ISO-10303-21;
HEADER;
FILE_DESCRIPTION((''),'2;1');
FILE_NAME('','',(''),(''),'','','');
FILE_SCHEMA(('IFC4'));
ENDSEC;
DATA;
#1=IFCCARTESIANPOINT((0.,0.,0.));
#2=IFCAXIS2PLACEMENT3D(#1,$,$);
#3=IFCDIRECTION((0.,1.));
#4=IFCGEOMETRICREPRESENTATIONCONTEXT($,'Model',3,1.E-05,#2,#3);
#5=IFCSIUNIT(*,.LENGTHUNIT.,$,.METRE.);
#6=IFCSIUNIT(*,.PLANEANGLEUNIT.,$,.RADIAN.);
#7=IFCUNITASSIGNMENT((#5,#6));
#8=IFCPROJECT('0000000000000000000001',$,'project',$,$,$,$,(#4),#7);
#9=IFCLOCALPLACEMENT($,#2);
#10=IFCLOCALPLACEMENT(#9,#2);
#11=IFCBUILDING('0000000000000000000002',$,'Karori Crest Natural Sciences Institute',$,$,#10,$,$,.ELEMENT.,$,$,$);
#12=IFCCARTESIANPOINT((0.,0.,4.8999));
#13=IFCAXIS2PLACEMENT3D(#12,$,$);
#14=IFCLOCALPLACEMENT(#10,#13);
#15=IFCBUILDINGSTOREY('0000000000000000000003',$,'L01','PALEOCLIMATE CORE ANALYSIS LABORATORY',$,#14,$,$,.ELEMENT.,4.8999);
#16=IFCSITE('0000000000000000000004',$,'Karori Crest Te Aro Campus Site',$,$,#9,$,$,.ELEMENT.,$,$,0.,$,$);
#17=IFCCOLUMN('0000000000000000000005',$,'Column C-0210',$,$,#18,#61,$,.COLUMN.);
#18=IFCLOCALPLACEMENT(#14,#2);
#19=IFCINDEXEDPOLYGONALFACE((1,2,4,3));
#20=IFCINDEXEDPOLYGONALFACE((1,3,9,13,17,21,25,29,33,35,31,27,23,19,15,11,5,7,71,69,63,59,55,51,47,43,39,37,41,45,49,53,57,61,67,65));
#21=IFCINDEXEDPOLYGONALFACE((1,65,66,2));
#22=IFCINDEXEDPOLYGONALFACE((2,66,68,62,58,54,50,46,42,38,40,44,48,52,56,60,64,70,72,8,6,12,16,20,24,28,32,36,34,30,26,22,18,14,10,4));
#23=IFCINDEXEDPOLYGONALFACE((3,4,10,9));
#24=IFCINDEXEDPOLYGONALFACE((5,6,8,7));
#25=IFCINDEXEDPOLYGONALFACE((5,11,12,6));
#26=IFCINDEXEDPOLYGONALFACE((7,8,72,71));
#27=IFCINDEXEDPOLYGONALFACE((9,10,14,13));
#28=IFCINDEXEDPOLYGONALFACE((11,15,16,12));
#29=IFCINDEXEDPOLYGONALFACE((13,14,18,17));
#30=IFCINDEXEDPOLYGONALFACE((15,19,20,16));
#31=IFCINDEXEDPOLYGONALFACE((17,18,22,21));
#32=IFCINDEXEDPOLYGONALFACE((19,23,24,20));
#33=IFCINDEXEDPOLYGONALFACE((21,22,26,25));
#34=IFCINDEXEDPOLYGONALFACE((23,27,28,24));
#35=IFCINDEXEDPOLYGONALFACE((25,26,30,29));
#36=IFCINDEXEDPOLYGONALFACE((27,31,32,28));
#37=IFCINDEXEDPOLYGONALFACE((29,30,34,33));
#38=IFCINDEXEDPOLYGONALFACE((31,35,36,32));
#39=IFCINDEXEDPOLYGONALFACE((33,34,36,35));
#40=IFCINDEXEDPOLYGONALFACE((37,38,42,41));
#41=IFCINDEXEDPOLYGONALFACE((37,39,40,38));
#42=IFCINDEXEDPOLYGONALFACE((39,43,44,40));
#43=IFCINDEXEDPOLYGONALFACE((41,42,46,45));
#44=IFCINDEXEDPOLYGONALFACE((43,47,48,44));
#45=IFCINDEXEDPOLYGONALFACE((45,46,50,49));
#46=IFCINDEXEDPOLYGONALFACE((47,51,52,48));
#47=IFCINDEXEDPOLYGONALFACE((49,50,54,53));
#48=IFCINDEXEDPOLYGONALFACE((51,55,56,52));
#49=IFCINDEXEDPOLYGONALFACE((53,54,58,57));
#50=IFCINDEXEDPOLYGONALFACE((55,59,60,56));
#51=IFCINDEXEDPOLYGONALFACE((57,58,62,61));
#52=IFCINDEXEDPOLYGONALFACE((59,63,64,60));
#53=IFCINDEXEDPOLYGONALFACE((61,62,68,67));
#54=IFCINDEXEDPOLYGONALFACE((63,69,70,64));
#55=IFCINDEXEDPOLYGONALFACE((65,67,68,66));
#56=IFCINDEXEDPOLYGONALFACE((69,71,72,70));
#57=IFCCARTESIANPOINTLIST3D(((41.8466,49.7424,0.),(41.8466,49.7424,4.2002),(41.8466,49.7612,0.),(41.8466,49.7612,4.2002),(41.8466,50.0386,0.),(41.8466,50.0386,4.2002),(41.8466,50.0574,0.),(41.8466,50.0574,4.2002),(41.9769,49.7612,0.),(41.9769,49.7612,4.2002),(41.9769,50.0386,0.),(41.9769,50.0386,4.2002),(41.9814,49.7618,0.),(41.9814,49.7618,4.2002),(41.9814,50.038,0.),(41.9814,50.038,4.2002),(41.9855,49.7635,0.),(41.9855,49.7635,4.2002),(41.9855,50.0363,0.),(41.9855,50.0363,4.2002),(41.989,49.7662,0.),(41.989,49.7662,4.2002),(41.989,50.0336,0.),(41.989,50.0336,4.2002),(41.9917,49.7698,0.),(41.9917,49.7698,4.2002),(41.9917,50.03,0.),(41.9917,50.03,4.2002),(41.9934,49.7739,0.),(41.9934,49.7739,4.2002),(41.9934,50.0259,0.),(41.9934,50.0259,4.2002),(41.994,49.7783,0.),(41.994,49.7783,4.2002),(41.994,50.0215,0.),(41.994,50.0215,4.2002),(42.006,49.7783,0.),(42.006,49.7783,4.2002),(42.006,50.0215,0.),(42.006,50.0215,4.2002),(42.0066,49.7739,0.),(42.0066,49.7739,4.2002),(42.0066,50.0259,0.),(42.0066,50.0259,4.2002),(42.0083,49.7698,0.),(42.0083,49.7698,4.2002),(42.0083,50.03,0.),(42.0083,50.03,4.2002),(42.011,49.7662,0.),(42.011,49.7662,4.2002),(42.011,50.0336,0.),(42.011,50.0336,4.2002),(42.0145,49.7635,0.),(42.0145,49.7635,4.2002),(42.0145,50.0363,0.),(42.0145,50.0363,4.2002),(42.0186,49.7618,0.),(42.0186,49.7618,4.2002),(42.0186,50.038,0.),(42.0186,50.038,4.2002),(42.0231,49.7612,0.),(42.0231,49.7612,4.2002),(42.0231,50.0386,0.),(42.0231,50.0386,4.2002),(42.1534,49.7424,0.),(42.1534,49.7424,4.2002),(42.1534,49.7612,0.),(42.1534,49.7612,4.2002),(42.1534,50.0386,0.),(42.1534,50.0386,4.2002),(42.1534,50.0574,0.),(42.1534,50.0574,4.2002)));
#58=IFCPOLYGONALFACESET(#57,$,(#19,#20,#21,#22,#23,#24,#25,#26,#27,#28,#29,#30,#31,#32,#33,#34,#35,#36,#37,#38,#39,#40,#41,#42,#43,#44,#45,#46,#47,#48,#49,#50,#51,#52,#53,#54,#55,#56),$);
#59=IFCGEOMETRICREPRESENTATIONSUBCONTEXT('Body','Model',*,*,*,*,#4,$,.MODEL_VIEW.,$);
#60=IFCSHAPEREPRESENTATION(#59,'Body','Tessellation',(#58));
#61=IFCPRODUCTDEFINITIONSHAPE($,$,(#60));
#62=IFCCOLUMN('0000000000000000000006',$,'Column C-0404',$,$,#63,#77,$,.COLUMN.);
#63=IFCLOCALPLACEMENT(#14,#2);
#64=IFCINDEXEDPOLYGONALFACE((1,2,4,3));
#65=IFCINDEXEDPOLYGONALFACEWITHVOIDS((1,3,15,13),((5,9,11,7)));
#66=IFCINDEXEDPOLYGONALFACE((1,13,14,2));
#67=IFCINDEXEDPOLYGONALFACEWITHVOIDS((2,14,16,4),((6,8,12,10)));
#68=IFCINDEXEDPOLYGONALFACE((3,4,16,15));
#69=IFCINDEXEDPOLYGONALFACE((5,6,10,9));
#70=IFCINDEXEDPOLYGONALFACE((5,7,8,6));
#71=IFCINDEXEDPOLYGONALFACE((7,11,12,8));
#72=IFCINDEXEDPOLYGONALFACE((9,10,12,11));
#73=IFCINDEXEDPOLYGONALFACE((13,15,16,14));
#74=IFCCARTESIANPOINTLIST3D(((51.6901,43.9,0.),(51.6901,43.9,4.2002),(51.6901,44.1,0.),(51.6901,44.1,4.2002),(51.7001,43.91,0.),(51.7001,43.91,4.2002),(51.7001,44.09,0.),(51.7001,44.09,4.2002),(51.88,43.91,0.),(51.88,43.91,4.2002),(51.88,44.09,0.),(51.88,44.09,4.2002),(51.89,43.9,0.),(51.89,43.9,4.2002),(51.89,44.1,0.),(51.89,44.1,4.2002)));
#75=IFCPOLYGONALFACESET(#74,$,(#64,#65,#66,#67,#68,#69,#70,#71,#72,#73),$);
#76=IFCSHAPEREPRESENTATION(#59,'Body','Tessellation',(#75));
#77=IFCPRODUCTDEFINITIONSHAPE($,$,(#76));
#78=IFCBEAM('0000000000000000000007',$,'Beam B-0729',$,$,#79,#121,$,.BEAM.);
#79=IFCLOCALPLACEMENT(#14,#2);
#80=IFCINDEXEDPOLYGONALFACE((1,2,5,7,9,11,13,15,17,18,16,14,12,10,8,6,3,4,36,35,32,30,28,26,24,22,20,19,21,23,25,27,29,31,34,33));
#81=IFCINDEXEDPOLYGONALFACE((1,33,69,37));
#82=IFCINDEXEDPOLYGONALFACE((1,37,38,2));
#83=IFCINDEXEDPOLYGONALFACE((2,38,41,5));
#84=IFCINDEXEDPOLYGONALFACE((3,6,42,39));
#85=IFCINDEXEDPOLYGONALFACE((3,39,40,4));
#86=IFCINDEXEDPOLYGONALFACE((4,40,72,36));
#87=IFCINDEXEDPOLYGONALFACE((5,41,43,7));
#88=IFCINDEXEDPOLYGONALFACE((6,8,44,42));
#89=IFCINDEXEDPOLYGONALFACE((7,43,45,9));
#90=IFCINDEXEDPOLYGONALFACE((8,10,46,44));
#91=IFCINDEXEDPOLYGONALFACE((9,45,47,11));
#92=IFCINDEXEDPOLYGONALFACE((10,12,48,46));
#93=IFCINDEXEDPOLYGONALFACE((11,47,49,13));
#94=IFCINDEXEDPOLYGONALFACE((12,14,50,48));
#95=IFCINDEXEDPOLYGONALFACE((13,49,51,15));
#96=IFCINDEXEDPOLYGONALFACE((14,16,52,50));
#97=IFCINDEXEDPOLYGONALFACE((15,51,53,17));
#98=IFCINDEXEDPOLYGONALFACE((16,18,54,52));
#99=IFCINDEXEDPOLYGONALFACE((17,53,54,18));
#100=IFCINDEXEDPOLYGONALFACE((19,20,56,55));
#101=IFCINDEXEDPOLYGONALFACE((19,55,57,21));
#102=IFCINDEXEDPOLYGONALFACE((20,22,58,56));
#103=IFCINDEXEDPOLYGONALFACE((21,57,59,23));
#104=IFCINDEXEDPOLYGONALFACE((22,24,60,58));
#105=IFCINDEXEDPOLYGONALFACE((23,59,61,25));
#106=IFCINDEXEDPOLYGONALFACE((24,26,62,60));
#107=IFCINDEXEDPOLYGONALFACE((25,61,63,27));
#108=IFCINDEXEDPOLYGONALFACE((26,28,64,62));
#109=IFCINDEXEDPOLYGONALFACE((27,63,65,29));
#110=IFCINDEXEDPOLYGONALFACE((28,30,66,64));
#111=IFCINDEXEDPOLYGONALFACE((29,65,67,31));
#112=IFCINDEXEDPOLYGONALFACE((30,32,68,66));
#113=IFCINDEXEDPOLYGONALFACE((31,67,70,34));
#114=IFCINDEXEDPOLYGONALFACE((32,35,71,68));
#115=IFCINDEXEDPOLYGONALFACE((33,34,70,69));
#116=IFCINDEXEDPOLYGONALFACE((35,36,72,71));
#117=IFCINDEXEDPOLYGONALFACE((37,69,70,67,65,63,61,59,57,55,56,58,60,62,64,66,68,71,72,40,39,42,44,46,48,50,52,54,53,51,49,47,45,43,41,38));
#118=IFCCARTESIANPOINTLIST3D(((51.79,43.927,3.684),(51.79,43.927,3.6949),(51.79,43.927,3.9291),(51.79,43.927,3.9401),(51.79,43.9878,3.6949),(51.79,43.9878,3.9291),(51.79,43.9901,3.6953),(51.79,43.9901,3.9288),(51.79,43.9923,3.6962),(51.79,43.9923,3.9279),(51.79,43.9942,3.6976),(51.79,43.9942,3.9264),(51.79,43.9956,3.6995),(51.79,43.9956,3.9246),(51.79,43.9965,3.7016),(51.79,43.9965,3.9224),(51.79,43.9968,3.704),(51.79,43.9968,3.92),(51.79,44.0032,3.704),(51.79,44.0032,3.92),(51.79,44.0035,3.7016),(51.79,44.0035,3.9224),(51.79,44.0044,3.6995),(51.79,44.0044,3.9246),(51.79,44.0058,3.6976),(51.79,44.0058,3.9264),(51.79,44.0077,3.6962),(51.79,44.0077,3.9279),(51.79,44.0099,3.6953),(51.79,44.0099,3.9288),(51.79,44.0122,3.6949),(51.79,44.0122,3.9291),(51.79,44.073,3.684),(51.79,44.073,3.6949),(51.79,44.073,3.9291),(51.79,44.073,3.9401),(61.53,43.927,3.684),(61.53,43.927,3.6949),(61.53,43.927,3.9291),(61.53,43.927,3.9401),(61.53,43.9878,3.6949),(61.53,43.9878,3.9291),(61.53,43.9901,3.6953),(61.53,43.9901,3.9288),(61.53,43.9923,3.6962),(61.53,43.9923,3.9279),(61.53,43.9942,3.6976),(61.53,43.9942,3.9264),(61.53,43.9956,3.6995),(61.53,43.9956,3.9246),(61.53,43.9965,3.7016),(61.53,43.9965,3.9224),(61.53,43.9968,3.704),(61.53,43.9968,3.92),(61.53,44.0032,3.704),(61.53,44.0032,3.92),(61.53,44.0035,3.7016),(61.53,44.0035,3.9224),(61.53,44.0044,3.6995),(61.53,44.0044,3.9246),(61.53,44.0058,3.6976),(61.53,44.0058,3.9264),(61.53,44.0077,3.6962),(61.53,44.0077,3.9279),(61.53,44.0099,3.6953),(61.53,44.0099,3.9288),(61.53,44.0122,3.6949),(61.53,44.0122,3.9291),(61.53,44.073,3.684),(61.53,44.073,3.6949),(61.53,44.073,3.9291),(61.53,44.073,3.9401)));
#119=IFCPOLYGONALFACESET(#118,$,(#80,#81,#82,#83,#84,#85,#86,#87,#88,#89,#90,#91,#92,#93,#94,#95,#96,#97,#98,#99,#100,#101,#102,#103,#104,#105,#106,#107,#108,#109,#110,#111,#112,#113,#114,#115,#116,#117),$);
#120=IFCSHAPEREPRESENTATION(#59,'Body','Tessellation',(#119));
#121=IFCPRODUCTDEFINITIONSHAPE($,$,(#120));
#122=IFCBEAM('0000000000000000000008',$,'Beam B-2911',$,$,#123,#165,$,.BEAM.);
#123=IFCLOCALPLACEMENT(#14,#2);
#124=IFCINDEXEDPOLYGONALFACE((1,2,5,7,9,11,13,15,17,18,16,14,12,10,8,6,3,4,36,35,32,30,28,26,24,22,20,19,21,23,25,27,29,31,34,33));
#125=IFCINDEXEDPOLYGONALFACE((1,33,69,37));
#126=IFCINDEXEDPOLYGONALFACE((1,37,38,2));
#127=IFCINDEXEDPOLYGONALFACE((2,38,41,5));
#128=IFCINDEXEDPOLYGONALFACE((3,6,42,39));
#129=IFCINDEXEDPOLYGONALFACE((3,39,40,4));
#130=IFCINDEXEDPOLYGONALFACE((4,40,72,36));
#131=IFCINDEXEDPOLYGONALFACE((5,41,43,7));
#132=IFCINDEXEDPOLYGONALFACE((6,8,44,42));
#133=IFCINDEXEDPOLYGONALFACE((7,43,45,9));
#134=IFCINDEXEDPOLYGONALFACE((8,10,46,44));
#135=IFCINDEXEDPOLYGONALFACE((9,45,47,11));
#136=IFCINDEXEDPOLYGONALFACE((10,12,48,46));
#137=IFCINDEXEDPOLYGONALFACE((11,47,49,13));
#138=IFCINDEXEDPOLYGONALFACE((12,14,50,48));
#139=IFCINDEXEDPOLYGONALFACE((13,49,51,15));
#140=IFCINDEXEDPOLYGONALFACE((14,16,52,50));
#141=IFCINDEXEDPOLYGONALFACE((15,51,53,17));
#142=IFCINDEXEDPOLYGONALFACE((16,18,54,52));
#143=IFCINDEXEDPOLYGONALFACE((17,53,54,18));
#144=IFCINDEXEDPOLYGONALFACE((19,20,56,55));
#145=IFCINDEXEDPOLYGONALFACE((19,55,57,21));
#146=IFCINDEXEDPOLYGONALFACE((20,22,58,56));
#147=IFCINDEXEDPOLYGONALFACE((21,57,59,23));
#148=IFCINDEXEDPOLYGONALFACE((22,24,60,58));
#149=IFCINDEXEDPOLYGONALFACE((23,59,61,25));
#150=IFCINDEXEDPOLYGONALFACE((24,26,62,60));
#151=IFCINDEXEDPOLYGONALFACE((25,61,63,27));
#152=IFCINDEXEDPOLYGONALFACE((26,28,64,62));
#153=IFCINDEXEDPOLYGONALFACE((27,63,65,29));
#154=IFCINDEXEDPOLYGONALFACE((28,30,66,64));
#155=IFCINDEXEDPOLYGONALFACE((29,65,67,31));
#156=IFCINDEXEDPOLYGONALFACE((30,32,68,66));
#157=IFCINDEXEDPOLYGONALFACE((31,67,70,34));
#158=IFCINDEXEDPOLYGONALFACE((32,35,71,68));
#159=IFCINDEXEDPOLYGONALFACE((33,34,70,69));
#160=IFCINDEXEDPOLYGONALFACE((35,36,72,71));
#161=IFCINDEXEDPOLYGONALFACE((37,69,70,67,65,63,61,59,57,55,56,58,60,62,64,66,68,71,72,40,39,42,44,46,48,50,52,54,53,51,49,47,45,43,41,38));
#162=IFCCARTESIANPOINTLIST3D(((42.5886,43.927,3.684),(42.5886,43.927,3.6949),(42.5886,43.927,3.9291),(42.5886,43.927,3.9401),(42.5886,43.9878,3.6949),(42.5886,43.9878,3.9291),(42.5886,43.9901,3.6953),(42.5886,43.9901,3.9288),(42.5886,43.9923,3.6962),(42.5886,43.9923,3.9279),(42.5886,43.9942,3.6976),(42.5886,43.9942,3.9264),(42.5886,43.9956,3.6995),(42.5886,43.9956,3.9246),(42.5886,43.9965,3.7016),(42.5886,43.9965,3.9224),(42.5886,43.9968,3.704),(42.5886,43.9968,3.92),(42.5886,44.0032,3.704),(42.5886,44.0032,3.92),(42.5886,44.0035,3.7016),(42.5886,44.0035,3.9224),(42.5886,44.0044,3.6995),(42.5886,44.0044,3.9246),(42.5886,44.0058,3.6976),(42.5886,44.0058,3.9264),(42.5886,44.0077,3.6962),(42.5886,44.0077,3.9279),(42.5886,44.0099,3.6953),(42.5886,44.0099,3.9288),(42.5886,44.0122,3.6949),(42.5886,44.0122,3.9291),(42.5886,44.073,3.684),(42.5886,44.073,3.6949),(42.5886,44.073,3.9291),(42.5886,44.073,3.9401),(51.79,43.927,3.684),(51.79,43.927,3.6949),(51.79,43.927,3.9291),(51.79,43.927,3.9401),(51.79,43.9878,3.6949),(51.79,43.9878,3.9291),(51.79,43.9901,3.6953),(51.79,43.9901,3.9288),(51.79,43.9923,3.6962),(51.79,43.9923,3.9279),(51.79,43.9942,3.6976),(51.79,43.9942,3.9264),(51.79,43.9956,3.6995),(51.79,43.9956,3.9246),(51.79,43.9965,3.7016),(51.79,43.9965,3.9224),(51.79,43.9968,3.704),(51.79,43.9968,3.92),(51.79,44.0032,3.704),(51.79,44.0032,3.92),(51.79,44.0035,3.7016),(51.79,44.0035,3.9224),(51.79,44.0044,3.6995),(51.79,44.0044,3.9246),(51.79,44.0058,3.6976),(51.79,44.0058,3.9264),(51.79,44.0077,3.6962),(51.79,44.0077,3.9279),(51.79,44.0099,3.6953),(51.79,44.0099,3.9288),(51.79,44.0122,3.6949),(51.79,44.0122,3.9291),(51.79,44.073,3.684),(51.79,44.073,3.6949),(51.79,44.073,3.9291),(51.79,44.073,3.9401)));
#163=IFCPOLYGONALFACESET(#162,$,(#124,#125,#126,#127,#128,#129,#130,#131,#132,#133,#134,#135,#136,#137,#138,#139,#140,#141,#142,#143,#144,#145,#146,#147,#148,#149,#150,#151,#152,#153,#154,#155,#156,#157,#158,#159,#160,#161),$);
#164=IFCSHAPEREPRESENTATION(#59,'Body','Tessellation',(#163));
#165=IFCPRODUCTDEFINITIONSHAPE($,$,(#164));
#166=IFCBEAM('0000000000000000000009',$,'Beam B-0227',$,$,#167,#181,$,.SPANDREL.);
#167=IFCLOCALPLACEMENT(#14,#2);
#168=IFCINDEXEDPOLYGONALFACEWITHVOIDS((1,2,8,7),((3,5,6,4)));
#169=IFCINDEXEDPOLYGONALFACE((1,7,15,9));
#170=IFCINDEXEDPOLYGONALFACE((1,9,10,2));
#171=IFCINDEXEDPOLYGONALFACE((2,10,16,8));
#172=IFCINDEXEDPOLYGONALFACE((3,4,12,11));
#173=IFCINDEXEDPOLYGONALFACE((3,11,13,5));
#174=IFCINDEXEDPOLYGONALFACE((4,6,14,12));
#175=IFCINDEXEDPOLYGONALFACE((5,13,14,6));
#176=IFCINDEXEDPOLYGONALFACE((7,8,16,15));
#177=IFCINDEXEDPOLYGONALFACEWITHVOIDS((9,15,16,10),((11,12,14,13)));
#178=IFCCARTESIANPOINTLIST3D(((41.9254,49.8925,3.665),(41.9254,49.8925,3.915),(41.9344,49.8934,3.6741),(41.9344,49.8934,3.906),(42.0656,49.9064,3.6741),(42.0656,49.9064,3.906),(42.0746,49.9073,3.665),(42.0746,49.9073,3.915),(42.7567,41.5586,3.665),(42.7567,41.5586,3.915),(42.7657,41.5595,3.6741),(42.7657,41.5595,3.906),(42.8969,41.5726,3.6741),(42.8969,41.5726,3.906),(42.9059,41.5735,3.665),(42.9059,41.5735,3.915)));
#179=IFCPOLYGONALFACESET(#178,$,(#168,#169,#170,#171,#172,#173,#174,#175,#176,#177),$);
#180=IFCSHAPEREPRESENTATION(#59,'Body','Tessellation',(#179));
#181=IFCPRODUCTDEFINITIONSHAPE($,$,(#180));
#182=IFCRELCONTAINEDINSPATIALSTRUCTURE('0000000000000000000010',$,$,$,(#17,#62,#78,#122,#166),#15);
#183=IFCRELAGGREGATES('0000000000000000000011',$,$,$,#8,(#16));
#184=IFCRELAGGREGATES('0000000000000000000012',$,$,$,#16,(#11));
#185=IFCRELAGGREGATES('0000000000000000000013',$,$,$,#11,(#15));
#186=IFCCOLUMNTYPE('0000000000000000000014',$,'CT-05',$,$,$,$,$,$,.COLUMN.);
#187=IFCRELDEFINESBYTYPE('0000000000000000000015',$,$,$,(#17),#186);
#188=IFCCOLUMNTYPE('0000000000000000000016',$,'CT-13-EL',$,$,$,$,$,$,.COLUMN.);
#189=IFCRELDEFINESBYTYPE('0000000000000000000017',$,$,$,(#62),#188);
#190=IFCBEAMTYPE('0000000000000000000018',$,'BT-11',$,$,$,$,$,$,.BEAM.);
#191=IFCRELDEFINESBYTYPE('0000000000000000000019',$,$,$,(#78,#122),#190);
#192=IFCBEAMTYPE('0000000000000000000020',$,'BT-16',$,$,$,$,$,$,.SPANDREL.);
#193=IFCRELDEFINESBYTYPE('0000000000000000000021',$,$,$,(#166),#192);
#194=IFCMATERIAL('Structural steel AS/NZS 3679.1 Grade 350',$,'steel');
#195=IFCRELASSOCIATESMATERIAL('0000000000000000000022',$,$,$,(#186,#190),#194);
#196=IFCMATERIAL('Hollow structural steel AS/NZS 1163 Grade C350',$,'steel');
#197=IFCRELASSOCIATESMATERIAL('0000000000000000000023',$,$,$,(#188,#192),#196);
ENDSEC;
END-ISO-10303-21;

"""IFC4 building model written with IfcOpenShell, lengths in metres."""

from ifc_helpers import new_model, si_unit, direction, frame, origin, origin_2d, place, context, subcontext, project, spatial, hollow_rectangle, i_section, extrude, material, material_profile, profile_set, type_object, element, save


model = new_model("IFC4")

# Units and contexts
model_context = context("Model", 3, precision=1e-05, world=origin(), true_north=direction((0.0, 1.0)))
body_context = subcontext(model_context, "Body", "Model", "MODEL_VIEW")
ifc_project = project(units=[si_unit("LENGTHUNIT", "METRE"), si_unit("PLANEANGLEUNIT", "RADIAN")], contexts=[model_context])

# Site, building, storey
site_placement = place(None, origin())
site = spatial("IfcSite", under=ifc_project, at=site_placement, Name="Karori Crest Te Aro Campus Site", CompositionType="ELEMENT", RefElevation=0.0)
building_placement = place(site_placement, origin())
building = spatial("IfcBuilding", under=site, at=building_placement, Name="Karori Crest Natural Sciences Institute", CompositionType="ELEMENT")
storey_placement = place(building_placement, frame((0.0, 0.0, 4.8999)))
storey = spatial("IfcBuildingStorey", under=building, at=storey_placement, Name="L01", Description="PALEOCLIMATE CORE ANALYSIS LABORATORY", CompositionType="ELEMENT", Elevation=4.8999)

# Columns
ifc_material_1 = material(Name="Structural steel AS/NZS 3679.1 Grade 350", Category="steel")
ifc_material_profile_1 = material_profile(ifc_material_1, i_section(OverallWidth=0.3069, OverallDepth=0.3149, WebThickness=0.012, FlangeThickness=0.0188, FilletRadius=0.0171, at=origin_2d()), Name="310UC118")
ifc_profile_set_1 = profile_set([ifc_material_profile_1], Name="Structural steel AS/NZS 3679.1 Grade 350")
column_type_1 = type_object("IfcColumnType", Name="CT-05", PredefinedType="COLUMN", material=ifc_profile_set_1)
column_1_placement = place(storey_placement, frame((42.0, 49.8999, 0.0), z_axis=(0.0, 0.0, 1.0), x_axis=(1.0, 0.0, 0.0)))
element("IfcColumn", 1, at=column_1_placement, inside=storey, type_object=column_type_1, Name="Column C-0210", PredefinedType="COLUMN", context=body_context, shape_type="SweptSolid", body=[
    extrude(i_section(OverallWidth=0.3069, OverallDepth=0.3149, WebThickness=0.012, FlangeThickness=0.0188, FilletRadius=0.0171, at=origin_2d()), origin(), (0.0, 0.0, 1.0), 4.2002),
])
ifc_material_2 = material(Name="Hollow structural steel AS/NZS 1163 Grade C350", Category="steel")
ifc_material_profile_2 = material_profile(ifc_material_2, hollow_rectangle(XDim=0.2, YDim=0.2, WallThickness=0.01, at=origin_2d()), Name="SHS200x200x10")
ifc_profile_set_2 = profile_set([ifc_material_profile_2], Name="Hollow structural steel AS/NZS 1163 Grade C350")
column_type_2 = type_object("IfcColumnType", Name="CT-13-EL", PredefinedType="COLUMN", material=ifc_profile_set_2)
column_2_placement = place(storey_placement, frame((51.79, 44.0, 0.0), z_axis=(0.0, 0.0, 1.0), x_axis=(1.0, 0.0, 0.0)))
element("IfcColumn", 2, at=column_2_placement, inside=storey, type_object=column_type_2, Name="Column C-0404", PredefinedType="COLUMN", context=body_context, shape_type="SweptSolid", body=[
    extrude(hollow_rectangle(XDim=0.2, YDim=0.2, WallThickness=0.01, at=origin_2d()), origin(), (0.0, 0.0, 1.0), 4.2002),
])

# Beams
ifc_material_profile_3 = material_profile(ifc_material_1, i_section(OverallWidth=0.146, OverallDepth=0.2561, WebThickness=0.0063, FlangeThickness=0.011, FilletRadius=0.009, at=origin_2d()), Name="250UB37.3")
ifc_profile_set_3 = profile_set([ifc_material_profile_3], Name="Structural steel AS/NZS 3679.1 Grade 350")
beam_type_1 = type_object("IfcBeamType", Name="BT-11", PredefinedType="BEAM", material=ifc_profile_set_3)
beam_1_placement = place(storey_placement, frame((51.79, 44.0, 3.812), z_axis=(1.0, 0.0, 0.0), x_axis=(0.0, 1.0, 0.0)))
element("IfcBeam", 3, at=beam_1_placement, inside=storey, type_object=beam_type_1, Name="Beam B-0729", PredefinedType="BEAM", context=body_context, shape_type="SweptSolid", body=[
    extrude(i_section(OverallWidth=0.146, OverallDepth=0.2561, WebThickness=0.0063, FlangeThickness=0.011, FilletRadius=0.009, at=origin_2d()), origin(), (0.0, 0.0, 1.0), 9.74),
])
beam_2_placement = place(storey_placement, frame((42.5886, 44.0, 3.812), z_axis=(1.0, 0.0, 0.0), x_axis=(0.0, 1.0, 0.0)))
element("IfcBeam", 4, at=beam_2_placement, inside=storey, type_object=beam_type_1, Name="Beam B-2911", PredefinedType="BEAM", context=body_context, shape_type="SweptSolid", body=[
    extrude(i_section(OverallWidth=0.146, OverallDepth=0.2561, WebThickness=0.0063, FlangeThickness=0.011, FilletRadius=0.009, at=origin_2d()), origin(), (0.0, 0.0, 1.0), 9.2014),
])
ifc_material_profile_4 = material_profile(ifc_material_2, hollow_rectangle(XDim=0.1499, YDim=0.25, WallThickness=0.009, at=origin_2d()), Name="RHS250x150x9")
ifc_profile_set_4 = profile_set([ifc_material_profile_4], Name="Hollow structural steel AS/NZS 1163 Grade C350")
beam_type_2 = type_object("IfcBeamType", Name="BT-16", PredefinedType="SPANDREL", material=ifc_profile_set_4)
beam_3_placement = place(storey_placement, frame((42.0, 49.8999, 3.79), z_axis=(0.099256, -0.995062, 0.0), x_axis=(0.995062, 0.099256, 0.0)))
element("IfcBeam", 5, at=beam_3_placement, inside=storey, type_object=beam_type_2, Name="Beam B-0227", PredefinedType="SPANDREL", context=body_context, shape_type="SweptSolid", body=[
    extrude(hollow_rectangle(XDim=0.1499, YDim=0.25, WallThickness=0.009, at=origin_2d()), origin(), (0.0, 0.0, 1.0), 8.3752),
])

save(model, "model.ifc")
